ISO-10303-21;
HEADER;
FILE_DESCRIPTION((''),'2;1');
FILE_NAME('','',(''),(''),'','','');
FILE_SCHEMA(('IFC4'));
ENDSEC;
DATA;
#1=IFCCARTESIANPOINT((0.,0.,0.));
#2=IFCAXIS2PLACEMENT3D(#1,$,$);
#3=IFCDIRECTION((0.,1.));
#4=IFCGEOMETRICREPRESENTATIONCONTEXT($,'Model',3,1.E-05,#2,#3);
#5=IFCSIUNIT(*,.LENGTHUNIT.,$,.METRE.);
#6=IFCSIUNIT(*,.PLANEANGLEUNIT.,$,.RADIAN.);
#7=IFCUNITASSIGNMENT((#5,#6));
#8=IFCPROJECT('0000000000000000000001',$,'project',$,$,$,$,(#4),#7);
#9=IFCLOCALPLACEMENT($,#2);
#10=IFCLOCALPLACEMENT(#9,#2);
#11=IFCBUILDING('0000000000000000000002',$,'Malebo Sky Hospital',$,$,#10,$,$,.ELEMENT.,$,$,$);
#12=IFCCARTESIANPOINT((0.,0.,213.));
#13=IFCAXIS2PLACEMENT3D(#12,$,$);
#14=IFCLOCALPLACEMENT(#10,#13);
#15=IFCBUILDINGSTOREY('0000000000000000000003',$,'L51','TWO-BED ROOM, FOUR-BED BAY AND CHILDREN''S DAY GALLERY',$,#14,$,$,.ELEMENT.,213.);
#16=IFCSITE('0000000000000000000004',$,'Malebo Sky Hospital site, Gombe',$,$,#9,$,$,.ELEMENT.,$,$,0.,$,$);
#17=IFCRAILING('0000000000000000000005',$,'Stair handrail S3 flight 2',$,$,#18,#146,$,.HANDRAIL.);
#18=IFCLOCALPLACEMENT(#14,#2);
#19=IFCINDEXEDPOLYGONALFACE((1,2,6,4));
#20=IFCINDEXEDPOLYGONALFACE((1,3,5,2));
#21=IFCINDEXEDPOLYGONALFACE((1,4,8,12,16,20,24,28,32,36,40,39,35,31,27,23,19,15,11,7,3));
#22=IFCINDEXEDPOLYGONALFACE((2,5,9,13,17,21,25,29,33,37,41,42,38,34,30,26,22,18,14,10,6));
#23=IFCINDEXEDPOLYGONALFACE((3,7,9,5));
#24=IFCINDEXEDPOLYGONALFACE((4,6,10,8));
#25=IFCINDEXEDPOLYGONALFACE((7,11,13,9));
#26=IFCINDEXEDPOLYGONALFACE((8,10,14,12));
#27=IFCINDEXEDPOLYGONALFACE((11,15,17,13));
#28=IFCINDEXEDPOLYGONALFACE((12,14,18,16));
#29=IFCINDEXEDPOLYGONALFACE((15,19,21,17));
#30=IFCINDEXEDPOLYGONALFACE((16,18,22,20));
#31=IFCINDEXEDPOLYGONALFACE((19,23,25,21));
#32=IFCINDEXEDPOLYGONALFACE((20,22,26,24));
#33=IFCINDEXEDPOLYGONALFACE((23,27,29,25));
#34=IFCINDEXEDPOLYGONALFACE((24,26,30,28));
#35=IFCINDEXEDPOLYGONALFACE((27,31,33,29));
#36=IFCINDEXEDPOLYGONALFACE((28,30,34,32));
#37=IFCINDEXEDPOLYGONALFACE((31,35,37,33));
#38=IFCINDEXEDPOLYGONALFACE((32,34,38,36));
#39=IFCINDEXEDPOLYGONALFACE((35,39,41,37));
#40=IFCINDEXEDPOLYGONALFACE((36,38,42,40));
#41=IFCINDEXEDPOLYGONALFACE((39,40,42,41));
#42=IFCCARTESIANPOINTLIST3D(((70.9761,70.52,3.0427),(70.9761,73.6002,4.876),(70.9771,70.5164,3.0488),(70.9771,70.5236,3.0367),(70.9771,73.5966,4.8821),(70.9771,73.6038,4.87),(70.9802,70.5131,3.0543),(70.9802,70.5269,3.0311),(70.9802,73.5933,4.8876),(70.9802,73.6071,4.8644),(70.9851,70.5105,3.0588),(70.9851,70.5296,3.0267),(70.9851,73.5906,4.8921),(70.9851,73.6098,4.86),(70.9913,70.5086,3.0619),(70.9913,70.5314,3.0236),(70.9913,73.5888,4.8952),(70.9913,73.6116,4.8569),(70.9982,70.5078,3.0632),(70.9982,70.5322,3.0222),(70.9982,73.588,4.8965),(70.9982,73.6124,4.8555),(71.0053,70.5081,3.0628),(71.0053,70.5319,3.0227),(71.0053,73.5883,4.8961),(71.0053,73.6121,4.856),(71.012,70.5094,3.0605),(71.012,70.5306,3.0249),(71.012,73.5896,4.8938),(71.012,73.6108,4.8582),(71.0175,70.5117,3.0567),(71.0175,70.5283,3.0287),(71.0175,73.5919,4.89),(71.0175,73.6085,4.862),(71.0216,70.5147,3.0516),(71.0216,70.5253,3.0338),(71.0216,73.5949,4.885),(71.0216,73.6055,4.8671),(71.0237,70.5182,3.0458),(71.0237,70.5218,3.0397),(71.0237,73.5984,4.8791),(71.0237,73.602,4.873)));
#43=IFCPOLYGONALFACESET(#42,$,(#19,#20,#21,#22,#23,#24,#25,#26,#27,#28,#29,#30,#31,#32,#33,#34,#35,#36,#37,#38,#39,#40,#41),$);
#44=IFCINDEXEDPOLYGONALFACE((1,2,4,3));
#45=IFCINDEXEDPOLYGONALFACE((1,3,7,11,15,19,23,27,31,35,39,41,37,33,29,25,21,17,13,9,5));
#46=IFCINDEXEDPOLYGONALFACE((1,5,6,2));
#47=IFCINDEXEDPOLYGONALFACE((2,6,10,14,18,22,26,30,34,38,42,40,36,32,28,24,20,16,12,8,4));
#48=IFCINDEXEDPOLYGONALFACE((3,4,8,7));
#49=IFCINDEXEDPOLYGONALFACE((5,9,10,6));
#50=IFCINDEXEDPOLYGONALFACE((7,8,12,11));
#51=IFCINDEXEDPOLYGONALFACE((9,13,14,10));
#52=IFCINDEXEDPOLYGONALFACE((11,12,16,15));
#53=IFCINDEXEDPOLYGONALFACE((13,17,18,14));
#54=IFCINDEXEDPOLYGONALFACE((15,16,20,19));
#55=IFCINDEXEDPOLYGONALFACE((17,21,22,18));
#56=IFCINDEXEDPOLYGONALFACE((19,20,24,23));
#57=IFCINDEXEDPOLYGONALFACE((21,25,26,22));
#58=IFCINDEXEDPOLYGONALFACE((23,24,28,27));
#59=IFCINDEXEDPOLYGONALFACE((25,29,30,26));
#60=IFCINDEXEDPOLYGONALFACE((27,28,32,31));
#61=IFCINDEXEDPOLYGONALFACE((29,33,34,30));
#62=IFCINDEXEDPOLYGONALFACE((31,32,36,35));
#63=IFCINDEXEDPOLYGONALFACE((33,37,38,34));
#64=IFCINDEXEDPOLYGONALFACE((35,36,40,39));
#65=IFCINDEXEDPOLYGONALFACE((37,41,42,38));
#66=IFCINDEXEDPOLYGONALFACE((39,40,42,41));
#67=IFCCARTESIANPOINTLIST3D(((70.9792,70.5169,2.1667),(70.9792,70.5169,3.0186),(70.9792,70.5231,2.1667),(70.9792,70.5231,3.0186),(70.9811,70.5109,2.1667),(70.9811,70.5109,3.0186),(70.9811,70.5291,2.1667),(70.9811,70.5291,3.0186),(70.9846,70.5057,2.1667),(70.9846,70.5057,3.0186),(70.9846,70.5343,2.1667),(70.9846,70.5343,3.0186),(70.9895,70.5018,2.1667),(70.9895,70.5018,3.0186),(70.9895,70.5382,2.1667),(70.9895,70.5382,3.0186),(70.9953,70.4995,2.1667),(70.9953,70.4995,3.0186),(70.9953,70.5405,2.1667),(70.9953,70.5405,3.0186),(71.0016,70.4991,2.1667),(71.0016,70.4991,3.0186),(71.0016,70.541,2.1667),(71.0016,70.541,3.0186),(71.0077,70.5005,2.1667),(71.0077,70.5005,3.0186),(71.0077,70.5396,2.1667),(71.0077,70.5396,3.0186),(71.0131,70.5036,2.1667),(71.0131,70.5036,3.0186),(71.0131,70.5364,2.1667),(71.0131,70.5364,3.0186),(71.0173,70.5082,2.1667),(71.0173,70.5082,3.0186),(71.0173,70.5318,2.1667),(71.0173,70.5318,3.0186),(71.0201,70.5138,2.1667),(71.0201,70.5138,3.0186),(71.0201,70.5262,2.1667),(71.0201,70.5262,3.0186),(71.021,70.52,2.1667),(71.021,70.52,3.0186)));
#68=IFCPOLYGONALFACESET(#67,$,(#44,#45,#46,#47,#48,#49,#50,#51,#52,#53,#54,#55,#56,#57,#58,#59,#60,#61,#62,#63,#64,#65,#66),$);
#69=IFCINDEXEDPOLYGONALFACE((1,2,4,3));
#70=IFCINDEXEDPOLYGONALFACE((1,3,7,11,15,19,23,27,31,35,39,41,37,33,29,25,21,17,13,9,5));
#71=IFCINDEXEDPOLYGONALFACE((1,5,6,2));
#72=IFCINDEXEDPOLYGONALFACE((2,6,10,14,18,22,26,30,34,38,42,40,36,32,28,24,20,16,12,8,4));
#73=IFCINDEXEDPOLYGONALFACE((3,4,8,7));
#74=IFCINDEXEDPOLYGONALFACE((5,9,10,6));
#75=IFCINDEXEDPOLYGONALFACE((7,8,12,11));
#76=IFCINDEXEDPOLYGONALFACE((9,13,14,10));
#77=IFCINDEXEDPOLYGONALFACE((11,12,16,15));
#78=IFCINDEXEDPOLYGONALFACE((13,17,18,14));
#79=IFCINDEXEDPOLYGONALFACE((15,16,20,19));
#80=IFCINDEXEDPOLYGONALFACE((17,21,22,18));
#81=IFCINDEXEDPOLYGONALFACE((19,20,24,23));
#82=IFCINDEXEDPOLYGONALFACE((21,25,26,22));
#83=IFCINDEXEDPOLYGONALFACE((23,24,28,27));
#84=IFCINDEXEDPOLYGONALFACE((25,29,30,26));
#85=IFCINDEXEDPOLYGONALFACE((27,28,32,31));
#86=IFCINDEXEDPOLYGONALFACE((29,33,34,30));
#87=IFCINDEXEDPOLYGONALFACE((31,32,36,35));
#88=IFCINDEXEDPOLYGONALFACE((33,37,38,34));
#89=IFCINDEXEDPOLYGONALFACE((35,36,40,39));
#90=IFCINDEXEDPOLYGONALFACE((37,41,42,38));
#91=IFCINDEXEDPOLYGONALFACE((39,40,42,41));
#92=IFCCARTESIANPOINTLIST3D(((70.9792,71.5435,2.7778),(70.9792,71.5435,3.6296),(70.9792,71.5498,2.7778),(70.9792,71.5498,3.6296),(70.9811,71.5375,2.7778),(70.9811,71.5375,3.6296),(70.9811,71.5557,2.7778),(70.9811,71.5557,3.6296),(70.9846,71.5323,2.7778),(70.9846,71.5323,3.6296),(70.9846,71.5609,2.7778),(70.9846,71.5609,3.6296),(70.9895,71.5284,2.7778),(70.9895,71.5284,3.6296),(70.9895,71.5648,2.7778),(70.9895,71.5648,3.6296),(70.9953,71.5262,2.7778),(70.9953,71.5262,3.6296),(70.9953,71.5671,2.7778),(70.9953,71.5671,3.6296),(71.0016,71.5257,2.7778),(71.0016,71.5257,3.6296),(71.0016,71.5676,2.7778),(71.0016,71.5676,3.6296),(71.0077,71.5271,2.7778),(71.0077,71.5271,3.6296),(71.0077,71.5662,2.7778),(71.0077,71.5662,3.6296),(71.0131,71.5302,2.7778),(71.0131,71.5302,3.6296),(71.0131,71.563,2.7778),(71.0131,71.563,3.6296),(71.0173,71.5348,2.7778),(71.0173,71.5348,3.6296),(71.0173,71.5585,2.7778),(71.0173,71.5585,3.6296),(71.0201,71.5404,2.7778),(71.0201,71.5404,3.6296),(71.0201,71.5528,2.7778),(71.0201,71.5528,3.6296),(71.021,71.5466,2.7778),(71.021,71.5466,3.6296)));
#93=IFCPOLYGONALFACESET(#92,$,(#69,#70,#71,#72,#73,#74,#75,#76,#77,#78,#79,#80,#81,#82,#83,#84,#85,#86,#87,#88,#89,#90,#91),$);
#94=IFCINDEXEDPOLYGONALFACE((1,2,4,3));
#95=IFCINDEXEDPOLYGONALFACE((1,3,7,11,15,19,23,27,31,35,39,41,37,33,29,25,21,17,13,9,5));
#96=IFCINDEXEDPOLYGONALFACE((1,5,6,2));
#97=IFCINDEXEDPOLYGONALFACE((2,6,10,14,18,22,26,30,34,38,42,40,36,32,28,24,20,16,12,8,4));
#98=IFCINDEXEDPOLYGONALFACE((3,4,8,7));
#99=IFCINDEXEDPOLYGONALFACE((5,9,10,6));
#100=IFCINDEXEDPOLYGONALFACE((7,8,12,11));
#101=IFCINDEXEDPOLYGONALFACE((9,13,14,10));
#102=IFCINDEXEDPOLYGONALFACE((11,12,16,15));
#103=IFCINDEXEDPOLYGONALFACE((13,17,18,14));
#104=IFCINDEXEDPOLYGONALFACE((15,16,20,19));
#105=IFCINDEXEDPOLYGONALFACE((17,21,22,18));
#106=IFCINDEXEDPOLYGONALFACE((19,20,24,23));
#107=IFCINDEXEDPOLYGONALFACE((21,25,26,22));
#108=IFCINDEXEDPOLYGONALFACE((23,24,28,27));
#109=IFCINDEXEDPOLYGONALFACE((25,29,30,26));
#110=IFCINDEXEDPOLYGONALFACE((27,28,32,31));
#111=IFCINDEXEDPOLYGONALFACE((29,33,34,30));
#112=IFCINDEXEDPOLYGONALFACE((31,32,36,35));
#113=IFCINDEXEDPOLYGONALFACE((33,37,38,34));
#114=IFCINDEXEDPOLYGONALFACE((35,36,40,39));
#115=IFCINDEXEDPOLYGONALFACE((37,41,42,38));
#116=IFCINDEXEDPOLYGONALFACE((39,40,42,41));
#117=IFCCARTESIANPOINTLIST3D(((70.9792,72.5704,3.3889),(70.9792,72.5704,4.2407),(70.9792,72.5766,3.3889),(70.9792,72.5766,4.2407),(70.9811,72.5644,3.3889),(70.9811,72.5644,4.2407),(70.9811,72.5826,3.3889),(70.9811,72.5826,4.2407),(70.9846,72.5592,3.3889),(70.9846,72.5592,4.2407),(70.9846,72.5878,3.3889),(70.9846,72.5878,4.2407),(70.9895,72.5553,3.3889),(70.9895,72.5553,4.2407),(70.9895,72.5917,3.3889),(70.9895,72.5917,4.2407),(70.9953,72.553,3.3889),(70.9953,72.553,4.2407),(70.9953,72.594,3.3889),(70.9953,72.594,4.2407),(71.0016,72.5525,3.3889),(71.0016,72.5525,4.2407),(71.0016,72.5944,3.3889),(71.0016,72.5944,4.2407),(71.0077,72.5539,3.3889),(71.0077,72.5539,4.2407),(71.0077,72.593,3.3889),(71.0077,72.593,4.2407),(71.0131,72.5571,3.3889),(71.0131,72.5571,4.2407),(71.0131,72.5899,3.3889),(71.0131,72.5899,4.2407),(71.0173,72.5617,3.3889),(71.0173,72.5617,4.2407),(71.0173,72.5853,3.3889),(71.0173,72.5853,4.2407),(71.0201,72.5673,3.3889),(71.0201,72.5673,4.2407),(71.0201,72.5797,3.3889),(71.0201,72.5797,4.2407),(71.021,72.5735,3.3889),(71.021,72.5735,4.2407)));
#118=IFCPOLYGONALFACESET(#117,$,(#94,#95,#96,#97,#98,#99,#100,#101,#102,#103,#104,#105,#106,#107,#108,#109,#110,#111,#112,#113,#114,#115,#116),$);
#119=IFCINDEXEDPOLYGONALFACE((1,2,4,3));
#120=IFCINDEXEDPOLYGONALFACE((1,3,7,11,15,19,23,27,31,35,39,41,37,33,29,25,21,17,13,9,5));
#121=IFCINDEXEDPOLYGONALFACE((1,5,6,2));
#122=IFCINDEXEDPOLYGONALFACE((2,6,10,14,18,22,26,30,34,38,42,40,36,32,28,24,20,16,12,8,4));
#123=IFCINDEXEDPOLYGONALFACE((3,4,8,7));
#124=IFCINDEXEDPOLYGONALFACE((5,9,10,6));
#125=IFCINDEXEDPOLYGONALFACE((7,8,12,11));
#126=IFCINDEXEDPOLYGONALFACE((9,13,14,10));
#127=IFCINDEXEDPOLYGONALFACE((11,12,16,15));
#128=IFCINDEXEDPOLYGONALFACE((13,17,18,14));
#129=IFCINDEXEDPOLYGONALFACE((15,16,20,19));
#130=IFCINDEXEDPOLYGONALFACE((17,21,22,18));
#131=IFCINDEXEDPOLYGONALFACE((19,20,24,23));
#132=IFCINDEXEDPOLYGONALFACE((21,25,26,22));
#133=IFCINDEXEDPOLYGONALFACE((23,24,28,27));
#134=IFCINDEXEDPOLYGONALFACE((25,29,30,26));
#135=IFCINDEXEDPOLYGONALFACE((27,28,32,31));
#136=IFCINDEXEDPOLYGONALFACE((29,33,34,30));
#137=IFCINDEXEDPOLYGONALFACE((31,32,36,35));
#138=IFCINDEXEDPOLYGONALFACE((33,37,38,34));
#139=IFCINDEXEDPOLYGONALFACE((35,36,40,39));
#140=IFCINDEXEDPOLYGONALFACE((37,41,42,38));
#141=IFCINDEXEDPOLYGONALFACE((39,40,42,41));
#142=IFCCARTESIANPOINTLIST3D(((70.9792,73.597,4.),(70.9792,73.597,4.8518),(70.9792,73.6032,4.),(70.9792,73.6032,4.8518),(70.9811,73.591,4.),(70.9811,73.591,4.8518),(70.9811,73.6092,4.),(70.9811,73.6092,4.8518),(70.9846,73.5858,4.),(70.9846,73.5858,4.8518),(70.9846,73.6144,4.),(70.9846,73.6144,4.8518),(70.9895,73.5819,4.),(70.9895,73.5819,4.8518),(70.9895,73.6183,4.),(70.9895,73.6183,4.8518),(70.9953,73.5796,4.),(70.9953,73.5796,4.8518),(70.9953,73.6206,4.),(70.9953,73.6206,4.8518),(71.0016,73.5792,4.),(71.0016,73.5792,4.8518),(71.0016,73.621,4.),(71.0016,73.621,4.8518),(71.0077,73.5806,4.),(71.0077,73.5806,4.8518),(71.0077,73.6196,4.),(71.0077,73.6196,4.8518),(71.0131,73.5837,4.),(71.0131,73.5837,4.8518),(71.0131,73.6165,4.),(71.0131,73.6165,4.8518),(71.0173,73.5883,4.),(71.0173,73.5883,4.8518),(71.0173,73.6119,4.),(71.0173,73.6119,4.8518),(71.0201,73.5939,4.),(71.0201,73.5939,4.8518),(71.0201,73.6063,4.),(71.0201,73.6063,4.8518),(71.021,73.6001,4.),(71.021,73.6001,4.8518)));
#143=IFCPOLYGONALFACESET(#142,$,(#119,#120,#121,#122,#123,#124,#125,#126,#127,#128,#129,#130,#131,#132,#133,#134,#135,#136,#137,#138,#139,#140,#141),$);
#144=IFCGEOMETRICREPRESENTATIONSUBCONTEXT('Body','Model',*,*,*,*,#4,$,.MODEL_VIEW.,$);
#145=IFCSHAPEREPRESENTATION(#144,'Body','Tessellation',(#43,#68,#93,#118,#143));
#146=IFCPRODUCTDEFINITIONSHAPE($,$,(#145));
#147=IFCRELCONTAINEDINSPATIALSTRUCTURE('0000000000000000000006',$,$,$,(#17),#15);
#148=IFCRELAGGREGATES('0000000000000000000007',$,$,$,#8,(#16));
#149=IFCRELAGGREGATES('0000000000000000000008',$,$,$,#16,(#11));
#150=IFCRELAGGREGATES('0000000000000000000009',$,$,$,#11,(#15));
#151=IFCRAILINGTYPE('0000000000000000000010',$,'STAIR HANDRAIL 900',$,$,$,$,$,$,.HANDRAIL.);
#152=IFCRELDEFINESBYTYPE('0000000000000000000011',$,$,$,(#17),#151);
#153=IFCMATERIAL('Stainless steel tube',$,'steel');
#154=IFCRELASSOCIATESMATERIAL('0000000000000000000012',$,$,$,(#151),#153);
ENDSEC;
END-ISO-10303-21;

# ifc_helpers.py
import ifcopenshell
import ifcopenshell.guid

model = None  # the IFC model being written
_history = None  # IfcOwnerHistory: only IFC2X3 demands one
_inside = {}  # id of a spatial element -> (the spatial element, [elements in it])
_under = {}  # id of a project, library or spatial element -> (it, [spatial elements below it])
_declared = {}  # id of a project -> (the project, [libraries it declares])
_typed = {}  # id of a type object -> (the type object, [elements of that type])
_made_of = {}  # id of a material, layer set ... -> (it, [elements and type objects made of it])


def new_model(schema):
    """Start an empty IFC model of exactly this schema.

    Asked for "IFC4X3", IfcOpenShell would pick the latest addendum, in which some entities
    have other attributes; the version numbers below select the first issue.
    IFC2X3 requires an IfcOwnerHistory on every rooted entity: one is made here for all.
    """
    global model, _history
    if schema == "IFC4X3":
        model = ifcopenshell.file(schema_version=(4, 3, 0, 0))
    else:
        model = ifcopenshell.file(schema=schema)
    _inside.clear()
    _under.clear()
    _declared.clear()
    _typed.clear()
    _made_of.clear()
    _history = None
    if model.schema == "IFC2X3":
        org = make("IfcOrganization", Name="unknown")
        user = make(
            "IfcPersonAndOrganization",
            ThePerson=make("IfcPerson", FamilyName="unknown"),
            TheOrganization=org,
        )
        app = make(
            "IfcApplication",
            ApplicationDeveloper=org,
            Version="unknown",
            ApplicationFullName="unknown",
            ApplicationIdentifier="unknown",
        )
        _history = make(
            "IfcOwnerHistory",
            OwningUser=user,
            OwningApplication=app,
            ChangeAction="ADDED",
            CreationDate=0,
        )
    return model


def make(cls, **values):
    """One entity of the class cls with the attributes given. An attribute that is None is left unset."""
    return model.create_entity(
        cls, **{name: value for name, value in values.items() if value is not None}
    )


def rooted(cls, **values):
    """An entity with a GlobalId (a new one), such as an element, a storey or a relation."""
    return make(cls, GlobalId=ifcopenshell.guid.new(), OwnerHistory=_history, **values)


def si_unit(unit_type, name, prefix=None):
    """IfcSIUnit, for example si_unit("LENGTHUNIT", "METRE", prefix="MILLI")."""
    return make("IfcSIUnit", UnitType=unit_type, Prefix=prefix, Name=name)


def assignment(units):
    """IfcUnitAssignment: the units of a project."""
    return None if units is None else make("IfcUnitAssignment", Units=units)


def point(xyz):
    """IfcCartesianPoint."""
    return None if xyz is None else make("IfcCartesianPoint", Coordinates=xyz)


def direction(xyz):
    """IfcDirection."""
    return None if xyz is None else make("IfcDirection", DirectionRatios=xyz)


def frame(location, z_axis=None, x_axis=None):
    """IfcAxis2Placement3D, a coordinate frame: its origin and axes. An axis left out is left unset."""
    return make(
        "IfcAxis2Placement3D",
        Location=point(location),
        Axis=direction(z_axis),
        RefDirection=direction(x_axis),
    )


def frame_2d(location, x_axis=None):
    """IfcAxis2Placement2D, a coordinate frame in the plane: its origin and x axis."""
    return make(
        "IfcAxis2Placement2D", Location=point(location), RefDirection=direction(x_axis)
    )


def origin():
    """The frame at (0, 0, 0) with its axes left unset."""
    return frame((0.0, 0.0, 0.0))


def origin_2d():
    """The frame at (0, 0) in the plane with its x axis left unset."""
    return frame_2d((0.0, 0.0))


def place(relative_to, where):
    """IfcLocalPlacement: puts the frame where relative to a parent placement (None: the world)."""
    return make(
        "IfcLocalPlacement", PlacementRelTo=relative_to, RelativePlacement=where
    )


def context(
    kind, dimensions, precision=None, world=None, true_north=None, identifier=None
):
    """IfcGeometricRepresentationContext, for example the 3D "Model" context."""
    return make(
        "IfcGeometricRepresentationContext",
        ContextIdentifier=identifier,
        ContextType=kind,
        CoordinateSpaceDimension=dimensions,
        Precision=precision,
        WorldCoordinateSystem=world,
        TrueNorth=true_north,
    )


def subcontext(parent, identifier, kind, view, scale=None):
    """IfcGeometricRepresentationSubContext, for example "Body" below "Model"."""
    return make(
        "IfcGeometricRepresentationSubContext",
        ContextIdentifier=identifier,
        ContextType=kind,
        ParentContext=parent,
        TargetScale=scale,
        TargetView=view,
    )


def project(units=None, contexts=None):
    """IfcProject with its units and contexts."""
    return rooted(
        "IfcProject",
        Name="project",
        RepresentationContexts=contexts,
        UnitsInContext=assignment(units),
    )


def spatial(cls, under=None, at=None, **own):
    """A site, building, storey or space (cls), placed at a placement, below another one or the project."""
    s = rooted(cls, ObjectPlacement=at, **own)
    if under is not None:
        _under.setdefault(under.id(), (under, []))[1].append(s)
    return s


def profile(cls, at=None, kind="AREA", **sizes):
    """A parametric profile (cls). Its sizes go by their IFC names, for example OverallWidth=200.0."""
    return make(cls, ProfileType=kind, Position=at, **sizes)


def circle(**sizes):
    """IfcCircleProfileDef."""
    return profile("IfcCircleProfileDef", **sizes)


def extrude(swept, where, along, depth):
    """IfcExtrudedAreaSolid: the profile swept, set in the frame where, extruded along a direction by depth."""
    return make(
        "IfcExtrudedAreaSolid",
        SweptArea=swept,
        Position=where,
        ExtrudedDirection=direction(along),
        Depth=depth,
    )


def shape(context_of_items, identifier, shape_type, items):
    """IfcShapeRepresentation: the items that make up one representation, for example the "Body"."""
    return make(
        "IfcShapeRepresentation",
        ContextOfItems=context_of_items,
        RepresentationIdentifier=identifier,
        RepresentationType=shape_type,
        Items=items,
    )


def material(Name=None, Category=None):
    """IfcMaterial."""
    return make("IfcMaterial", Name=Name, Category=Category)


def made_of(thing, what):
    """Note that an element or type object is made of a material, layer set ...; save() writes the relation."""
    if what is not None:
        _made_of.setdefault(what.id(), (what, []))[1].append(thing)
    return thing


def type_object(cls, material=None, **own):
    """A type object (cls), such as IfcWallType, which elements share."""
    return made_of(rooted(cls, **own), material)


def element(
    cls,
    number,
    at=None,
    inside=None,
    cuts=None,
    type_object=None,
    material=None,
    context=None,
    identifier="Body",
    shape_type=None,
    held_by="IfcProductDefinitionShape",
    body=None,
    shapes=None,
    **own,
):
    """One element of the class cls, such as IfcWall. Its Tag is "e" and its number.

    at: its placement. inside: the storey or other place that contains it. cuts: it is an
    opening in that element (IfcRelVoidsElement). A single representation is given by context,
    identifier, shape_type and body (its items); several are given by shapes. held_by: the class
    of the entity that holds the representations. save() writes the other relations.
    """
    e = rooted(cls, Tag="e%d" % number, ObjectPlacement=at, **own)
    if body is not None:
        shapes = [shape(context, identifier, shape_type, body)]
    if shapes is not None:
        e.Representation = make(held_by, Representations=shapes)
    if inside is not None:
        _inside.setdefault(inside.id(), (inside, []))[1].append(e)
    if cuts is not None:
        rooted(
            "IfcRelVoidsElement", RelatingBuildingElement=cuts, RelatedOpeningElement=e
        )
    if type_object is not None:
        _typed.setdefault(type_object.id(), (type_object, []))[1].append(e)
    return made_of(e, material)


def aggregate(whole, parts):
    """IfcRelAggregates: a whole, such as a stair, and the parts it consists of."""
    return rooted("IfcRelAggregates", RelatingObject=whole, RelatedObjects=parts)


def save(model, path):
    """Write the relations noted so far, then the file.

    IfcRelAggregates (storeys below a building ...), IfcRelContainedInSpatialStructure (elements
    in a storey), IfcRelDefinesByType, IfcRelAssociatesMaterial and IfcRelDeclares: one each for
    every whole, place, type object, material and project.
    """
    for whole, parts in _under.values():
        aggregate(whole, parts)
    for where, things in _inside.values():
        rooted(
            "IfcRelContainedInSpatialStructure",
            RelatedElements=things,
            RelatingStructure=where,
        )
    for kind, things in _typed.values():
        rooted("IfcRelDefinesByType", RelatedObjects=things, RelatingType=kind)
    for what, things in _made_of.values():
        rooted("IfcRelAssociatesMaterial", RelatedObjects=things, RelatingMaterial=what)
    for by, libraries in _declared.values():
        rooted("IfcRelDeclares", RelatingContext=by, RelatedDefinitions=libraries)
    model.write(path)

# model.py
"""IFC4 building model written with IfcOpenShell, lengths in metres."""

from ifc_helpers import new_model, si_unit, direction, frame, origin, origin_2d, place, context, subcontext, project, spatial, circle, extrude, material, type_object, element, save


model = new_model("IFC4")

# Units and contexts
model_context = context("Model", 3, precision=1e-05, world=origin(), true_north=direction((0.0, 1.0)))
body_context = subcontext(model_context, "Body", "Model", "MODEL_VIEW")
ifc_project = project(units=[si_unit("LENGTHUNIT", "METRE"), si_unit("PLANEANGLEUNIT", "RADIAN")], contexts=[model_context])

# Site, building, storey
site_placement = place(None, origin())
site = spatial("IfcSite", under=ifc_project, at=site_placement, Name="Malebo Sky Hospital site, Gombe", CompositionType="ELEMENT", RefElevation=0.0)
building_placement = place(site_placement, origin())
building = spatial("IfcBuilding", under=site, at=building_placement, Name="Malebo Sky Hospital", CompositionType="ELEMENT")
storey_placement = place(building_placement, frame((0.0, 0.0, 213.0)))
storey = spatial("IfcBuildingStorey", under=building, at=storey_placement, Name="L51", Description="TWO-BED ROOM, FOUR-BED BAY AND CHILDREN'S DAY GALLERY", CompositionType="ELEMENT", Elevation=213.0)

# Railing
ifc_material_1 = material(Name="Stainless steel tube", Category="steel")
railing_type = type_object("IfcRailingType", Name="STAIR HANDRAIL 900", PredefinedType="HANDRAIL", material=ifc_material_1)
railing_1_placement = place(storey_placement, frame((71.0, 70.52, 2.1667)))
element("IfcRailing", 1, at=railing_1_placement, inside=storey, type_object=railing_type, Name="Stair handrail S3 flight 2", PredefinedType="HANDRAIL", context=body_context, shape_type="SweptSolid", body=[
    extrude(circle(Radius=0.0239, at=origin_2d()), frame((0.0, 0.0, 0.876), z_axis=(0.0, 0.859309, 0.511458), x_axis=(-1.0, 0.0, 0.0)), (0.0, 0.0, 1.0), 3.5845),
    extrude(circle(Radius=0.021, at=origin_2d()), origin(), (0.0, 0.0, 1.0), 0.8518),
    extrude(circle(Radius=0.021, at=origin_2d()), frame((0.0, 1.0266, 0.6111)), (0.0, 0.0, 1.0), 0.8518),
    extrude(circle(Radius=0.021, at=origin_2d()), frame((0.0, 2.0535, 1.2222)), (0.0, 0.0, 1.0), 0.8518),
    extrude(circle(Radius=0.021, at=origin_2d()), frame((0.0, 3.0801, 1.8333)), (0.0, 0.0, 1.0), 0.8518),
])

save(model, "model.ifc")
